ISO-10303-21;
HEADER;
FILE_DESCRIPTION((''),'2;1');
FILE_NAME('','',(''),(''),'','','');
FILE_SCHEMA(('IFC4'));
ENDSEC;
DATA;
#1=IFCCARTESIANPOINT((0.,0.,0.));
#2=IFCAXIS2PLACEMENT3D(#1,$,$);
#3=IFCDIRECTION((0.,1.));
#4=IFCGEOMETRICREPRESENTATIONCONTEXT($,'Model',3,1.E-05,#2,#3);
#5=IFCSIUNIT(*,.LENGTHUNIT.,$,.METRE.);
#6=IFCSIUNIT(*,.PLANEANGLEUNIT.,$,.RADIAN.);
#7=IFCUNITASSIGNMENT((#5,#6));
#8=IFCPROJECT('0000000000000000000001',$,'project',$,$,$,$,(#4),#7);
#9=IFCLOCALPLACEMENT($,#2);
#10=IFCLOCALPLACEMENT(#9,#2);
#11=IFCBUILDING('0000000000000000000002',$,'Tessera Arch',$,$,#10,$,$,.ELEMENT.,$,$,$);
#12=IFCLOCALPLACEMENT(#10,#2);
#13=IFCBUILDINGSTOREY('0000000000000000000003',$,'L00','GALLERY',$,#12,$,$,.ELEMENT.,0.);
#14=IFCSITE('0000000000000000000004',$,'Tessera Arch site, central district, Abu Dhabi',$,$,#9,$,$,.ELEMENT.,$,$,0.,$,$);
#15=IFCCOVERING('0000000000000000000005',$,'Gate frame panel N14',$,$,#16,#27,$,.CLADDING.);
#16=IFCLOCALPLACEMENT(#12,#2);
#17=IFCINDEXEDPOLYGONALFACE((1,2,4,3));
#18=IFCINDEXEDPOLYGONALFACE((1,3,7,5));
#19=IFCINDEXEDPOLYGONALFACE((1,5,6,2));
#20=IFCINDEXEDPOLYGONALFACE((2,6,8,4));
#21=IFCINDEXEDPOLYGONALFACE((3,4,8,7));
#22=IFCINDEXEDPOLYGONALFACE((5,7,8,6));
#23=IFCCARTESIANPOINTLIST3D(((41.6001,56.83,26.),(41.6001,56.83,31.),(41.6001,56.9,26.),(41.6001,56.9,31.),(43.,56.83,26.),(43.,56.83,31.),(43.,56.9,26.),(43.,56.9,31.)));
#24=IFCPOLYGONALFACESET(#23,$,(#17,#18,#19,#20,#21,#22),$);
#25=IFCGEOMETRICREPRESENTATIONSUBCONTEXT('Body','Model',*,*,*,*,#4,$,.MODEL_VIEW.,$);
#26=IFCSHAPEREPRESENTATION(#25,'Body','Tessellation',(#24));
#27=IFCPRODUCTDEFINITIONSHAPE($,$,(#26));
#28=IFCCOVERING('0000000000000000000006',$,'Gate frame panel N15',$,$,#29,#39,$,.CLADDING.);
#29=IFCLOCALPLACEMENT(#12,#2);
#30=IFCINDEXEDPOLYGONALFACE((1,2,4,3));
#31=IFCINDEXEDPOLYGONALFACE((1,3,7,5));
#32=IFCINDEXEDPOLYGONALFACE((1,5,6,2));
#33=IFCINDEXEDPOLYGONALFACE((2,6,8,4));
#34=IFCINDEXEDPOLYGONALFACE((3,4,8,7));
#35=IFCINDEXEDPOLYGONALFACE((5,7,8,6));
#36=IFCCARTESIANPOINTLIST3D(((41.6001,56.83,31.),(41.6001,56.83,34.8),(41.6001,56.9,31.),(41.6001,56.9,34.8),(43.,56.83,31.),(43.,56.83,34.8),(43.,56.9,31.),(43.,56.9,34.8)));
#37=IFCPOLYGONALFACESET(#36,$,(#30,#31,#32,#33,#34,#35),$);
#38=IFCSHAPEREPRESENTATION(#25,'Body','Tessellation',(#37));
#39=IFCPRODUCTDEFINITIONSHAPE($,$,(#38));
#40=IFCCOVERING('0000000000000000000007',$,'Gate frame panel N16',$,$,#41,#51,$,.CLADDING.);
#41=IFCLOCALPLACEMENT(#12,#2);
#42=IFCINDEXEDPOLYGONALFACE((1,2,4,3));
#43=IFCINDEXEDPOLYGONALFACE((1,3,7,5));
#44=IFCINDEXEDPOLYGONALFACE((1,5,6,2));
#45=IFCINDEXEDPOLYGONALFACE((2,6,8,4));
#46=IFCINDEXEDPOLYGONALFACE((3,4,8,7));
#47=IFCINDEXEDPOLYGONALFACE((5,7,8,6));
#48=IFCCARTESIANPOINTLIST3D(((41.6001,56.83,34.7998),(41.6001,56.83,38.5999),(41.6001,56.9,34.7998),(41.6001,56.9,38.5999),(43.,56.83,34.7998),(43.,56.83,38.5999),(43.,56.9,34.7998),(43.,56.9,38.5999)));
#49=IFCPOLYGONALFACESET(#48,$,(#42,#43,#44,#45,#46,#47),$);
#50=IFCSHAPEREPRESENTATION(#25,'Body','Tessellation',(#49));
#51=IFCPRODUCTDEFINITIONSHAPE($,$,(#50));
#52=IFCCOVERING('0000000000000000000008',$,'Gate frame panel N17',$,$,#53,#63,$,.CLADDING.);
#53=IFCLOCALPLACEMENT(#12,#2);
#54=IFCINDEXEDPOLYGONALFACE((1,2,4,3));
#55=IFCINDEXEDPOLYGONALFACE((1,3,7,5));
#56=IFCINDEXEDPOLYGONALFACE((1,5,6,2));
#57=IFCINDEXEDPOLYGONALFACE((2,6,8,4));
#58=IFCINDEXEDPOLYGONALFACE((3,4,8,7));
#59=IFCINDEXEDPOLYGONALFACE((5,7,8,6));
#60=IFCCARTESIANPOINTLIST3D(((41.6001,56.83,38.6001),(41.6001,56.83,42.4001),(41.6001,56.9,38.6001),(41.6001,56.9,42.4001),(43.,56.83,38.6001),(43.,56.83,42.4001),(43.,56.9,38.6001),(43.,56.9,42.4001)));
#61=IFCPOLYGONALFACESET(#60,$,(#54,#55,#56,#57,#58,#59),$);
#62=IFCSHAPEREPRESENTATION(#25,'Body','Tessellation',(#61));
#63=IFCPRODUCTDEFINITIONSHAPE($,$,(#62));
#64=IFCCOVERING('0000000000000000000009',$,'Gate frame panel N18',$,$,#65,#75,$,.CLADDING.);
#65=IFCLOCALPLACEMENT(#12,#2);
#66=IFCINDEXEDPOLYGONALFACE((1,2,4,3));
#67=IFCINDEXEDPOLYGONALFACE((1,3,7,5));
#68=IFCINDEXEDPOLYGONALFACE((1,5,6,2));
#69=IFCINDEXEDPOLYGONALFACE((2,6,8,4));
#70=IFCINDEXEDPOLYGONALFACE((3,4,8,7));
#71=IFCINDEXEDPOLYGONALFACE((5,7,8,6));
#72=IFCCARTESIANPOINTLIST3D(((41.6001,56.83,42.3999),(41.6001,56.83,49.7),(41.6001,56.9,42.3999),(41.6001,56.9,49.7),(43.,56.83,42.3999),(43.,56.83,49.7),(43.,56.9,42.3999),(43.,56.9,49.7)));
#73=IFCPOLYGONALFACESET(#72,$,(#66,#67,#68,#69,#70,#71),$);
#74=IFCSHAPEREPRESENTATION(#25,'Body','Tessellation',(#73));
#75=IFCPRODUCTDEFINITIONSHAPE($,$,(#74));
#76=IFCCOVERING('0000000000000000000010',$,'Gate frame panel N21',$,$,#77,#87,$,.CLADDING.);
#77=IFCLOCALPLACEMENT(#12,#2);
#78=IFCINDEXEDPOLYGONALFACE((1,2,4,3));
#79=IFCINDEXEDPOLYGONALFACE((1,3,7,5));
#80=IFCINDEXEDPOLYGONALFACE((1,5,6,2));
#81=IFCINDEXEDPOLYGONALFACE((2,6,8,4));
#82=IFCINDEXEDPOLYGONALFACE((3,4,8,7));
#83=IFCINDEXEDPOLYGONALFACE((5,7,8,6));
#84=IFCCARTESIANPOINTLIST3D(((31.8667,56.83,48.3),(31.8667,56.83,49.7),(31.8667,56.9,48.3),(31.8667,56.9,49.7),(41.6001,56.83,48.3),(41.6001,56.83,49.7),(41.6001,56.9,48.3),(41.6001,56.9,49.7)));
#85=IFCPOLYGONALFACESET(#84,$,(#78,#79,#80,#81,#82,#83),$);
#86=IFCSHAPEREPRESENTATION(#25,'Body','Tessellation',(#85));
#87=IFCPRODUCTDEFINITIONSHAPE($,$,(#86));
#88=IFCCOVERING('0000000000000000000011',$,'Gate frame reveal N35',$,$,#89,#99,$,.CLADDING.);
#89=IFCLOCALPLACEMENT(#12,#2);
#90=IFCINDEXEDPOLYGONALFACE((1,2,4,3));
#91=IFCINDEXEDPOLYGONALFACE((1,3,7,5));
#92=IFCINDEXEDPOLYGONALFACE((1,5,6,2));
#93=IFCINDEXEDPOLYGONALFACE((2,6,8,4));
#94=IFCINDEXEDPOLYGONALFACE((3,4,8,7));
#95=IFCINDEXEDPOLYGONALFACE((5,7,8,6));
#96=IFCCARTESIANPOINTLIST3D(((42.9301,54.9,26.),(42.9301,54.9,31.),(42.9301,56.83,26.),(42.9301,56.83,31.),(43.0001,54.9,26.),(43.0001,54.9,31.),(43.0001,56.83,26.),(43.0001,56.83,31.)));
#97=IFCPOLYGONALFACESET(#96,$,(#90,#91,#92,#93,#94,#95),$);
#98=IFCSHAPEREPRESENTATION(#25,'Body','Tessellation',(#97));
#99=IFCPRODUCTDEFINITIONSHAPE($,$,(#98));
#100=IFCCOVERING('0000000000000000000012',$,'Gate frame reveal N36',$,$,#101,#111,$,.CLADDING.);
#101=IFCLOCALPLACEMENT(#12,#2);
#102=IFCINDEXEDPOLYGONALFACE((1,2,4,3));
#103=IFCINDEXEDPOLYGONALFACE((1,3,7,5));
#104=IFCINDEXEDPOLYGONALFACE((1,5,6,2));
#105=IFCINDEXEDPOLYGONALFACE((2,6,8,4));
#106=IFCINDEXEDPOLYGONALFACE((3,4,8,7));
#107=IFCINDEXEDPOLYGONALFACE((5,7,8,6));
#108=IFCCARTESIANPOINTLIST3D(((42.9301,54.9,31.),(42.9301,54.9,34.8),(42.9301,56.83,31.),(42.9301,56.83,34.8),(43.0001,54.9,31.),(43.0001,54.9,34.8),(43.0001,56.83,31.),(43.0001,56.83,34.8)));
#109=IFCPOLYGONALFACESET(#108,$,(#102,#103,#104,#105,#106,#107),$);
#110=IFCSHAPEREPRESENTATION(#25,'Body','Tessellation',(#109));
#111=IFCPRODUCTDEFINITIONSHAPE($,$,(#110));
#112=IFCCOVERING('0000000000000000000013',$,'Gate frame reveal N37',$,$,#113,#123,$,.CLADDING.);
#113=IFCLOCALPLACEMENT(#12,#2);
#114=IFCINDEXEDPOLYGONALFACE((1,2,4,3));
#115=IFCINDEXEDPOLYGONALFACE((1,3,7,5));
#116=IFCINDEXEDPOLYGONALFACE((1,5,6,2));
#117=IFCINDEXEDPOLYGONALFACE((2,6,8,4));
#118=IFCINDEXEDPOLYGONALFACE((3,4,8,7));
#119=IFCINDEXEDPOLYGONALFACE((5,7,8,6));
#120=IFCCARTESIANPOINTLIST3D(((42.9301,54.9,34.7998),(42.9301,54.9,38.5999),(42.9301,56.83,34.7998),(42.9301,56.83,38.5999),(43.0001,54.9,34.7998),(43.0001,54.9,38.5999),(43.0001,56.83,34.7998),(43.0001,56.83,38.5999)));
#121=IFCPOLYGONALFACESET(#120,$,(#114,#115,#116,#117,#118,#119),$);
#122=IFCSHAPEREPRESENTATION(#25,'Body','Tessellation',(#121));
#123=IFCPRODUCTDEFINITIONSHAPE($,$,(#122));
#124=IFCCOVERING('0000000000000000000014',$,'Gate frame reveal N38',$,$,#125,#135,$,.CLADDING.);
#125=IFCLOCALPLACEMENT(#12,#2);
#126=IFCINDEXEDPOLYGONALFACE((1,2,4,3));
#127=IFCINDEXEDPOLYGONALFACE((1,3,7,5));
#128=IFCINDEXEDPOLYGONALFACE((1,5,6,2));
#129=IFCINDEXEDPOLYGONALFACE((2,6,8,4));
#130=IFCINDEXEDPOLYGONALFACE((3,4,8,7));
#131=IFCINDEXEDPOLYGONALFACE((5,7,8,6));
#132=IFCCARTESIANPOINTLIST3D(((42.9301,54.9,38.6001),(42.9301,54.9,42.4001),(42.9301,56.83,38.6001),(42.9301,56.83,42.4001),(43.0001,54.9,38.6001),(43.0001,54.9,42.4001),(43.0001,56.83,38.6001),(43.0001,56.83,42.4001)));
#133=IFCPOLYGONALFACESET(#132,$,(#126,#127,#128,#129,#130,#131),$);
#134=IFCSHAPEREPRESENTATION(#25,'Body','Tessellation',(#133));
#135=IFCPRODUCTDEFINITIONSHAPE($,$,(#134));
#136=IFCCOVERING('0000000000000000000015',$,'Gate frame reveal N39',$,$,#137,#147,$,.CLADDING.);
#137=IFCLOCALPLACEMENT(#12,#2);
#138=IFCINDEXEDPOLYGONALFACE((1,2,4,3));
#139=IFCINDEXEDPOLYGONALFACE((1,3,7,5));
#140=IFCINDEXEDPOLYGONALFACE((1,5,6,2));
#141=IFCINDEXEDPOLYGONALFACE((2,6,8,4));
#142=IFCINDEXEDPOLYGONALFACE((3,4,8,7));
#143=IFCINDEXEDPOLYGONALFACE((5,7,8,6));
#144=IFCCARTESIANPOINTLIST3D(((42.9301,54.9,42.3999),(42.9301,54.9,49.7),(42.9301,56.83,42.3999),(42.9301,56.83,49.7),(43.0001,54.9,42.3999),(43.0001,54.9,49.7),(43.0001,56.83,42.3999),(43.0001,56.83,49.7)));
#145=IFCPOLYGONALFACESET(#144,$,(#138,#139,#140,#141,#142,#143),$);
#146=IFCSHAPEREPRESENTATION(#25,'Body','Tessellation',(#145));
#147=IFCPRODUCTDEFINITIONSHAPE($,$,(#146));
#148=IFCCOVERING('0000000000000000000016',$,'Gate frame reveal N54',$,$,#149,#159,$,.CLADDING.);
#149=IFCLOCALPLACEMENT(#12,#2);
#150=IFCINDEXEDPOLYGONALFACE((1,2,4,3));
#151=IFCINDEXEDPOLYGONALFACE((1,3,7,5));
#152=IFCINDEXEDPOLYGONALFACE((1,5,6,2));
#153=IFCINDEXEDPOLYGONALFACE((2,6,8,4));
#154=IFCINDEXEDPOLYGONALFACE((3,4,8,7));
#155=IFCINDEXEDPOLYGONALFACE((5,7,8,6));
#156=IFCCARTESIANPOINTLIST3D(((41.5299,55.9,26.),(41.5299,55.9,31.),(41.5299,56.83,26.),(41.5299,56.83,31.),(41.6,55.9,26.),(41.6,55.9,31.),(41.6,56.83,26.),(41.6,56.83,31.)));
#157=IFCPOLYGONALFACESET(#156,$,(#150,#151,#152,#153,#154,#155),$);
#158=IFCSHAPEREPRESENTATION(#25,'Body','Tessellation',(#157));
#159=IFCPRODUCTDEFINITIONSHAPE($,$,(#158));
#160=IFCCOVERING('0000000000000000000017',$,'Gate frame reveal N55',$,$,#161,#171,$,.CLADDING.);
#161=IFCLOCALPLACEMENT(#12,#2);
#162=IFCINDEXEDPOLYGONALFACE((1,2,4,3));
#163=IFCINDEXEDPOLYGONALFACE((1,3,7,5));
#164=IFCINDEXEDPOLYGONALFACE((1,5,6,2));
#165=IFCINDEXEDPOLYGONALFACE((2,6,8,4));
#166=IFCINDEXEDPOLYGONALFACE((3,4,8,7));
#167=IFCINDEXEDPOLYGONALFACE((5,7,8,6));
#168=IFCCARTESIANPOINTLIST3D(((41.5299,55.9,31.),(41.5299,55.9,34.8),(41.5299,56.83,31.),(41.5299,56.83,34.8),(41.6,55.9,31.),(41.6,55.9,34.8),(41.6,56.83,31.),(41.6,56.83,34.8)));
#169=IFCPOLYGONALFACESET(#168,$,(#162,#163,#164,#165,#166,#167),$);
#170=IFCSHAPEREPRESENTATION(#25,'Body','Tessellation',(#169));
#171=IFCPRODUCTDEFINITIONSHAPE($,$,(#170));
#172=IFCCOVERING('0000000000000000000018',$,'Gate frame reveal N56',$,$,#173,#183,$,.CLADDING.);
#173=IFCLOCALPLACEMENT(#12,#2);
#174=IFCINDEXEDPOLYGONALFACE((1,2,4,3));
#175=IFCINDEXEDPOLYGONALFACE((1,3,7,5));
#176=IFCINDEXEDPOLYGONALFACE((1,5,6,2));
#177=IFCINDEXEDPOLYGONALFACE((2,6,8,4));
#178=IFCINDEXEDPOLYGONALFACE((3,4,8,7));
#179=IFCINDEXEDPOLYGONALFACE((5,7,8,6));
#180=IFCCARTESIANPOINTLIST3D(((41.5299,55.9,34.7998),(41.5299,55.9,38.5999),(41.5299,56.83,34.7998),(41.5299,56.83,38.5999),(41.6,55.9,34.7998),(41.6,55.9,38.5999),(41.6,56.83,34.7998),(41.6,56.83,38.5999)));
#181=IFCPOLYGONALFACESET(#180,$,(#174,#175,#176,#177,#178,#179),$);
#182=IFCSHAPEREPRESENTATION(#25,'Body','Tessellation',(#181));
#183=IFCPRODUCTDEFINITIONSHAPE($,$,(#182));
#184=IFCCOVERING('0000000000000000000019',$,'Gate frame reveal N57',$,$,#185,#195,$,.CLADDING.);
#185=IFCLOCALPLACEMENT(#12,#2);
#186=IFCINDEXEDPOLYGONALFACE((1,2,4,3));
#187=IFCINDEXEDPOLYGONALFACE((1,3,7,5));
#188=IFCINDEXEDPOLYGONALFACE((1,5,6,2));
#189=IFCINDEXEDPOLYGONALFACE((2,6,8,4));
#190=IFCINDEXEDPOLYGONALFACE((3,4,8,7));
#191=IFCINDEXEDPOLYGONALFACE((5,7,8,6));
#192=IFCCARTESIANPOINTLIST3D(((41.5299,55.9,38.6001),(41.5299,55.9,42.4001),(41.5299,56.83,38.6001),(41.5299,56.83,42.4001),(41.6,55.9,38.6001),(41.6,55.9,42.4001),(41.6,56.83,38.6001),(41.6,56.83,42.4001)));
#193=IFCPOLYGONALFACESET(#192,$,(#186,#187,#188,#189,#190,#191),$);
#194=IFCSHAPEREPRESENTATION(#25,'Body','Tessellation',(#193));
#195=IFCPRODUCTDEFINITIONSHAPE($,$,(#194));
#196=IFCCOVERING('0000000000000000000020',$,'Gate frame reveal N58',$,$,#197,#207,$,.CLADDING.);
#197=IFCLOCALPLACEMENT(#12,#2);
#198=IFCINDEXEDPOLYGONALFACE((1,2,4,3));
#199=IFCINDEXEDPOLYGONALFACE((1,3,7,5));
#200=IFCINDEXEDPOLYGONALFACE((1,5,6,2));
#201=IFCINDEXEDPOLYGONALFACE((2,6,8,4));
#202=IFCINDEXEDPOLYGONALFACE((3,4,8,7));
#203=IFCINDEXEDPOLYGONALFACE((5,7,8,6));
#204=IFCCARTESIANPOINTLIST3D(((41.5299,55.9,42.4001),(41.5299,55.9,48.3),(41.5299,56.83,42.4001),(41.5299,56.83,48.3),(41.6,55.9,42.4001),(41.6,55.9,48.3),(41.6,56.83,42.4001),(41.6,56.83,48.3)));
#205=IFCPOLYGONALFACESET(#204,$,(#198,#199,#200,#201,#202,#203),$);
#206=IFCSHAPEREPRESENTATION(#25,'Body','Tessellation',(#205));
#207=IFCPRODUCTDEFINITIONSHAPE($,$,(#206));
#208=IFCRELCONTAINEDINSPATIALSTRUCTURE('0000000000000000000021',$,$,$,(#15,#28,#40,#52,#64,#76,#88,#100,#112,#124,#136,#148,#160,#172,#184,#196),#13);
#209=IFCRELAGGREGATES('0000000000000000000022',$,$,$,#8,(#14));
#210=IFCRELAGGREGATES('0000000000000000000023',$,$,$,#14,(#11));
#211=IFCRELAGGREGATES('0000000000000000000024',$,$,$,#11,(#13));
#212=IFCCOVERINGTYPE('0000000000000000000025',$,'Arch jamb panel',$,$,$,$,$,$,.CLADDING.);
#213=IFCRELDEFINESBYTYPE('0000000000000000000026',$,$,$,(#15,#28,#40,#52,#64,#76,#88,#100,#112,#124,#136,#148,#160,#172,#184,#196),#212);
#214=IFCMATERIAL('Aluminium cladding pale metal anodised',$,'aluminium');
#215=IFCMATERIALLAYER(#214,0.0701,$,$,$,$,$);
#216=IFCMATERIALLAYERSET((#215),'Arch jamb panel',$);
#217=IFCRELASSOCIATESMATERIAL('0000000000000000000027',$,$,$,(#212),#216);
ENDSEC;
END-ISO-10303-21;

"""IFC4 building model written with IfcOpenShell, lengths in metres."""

from ifc_helpers import new_model, si_unit, direction, frame, origin, origin_2d, place, context, subcontext, project, spatial, rectangle, extrude, material, layer, layer_set, type_object, element, save


model = new_model("IFC4")

# Units and contexts
model_context = context("Model", 3, precision=1e-05, world=origin(), true_north=direction((0.0, 1.0)))
body_context = subcontext(model_context, "Body", "Model", "MODEL_VIEW")
ifc_project = project(units=[si_unit("LENGTHUNIT", "METRE"), si_unit("PLANEANGLEUNIT", "RADIAN")], contexts=[model_context])

# Site, building, storey
site_placement = place(None, origin())
site = spatial("IfcSite", under=ifc_project, at=site_placement, Name="Tessera Arch site, central district, Abu Dhabi", CompositionType="ELEMENT", RefElevation=0.0)
building_placement = place(site_placement, origin())
building = spatial("IfcBuilding", under=site, at=building_placement, Name="Tessera Arch", CompositionType="ELEMENT")
storey_placement = place(building_placement, origin())
storey = spatial("IfcBuildingStorey", under=building, at=storey_placement, Name="L00", Description="GALLERY", CompositionType="ELEMENT", Elevation=0.0)

# Coverings
ifc_material = material(Name="Aluminium cladding pale metal anodised", Category="aluminium")
ifc_layer = layer(ifc_material, 0.0701)
ifc_layer_set = layer_set([ifc_layer], Name="Arch jamb panel")
covering_type = type_object("IfcCoveringType", Name="Arch jamb panel", PredefinedType="CLADDING", material=ifc_layer_set)
covering_1_placement = place(storey_placement, frame((42.3, 56.865, 26.0), z_axis=(0.0, 0.0, 1.0), x_axis=(1.0, 0.0, 0.0)))
element("IfcCovering", 1, at=covering_1_placement, inside=storey, type_object=covering_type, Name="Gate frame panel N14", PredefinedType="CLADDING", context=body_context, shape_type="SweptSolid", body=[
    extrude(rectangle(XDim=1.3999, YDim=0.0701, at=origin_2d()), origin(), (0.0, 0.0, 1.0), 5.0),
])
for number, where, z_axis, x_axis, name in (
    (2, (42.3, 56.865, 31.0), (0.0, 0.0, 1.0), (1.0, 0.0, 0.0), "Gate frame panel N15"),
    (3, (42.3, 56.865, 34.7998), (0.0, 0.0, 1.0), (1.0, 0.0, 0.0), "Gate frame panel N16"),
    (4, (42.3, 56.865, 38.6001), (0.0, 0.0, 1.0), (1.0, 0.0, 0.0), "Gate frame panel N17"),
):
    element("IfcCovering", number, at=place(storey_placement, frame(where, z_axis=z_axis, x_axis=x_axis)), inside=storey, type_object=covering_type, Name=name, PredefinedType="CLADDING", context=body_context, shape_type="SweptSolid", body=[
        extrude(rectangle(XDim=1.3999, YDim=0.0701, at=origin_2d()), origin(), (0.0, 0.0, 1.0), 3.8),
    ])
covering_2_placement = place(storey_placement, frame((42.3, 56.865, 42.3999), z_axis=(0.0, 0.0, 1.0), x_axis=(1.0, 0.0, 0.0)))
element("IfcCovering", 5, at=covering_2_placement, inside=storey, type_object=covering_type, Name="Gate frame panel N18", PredefinedType="CLADDING", context=body_context, shape_type="SweptSolid", body=[
    extrude(rectangle(XDim=1.3999, YDim=0.0701, at=origin_2d()), origin(), (0.0, 0.0, 1.0), 7.3),
])
covering_3_placement = place(storey_placement, frame((36.7334, 56.865, 48.3), z_axis=(0.0, 0.0, 1.0), x_axis=(1.0, 0.0, 0.0)))
element("IfcCovering", 6, at=covering_3_placement, inside=storey, type_object=covering_type, Name="Gate frame panel N21", PredefinedType="CLADDING", context=body_context, shape_type="SweptSolid", body=[
    extrude(rectangle(XDim=9.7334, YDim=0.0701, at=origin_2d()), origin(), (0.0, 0.0, 1.0), 1.3999),
])
covering_4_placement = place(storey_placement, frame((42.9651, 55.865, 26.0), z_axis=(0.0, 0.0, 1.0), x_axis=(1.0, 0.0, 0.0)))
element("IfcCovering", 7, at=covering_4_placement, inside=storey, type_object=covering_type, Name="Gate frame reveal N35", PredefinedType="CLADDING", context=body_context, shape_type="SweptSolid", body=[
    extrude(rectangle(XDim=0.0701, YDim=1.9299, at=origin_2d()), origin(), (0.0, 0.0, 1.0), 5.0),
])
for number, where, z_axis, x_axis, name in (
    (8, (42.9651, 55.865, 31.0), (0.0, 0.0, 1.0), (1.0, 0.0, 0.0), "Gate frame reveal N36"),
    (9, (42.9651, 55.865, 34.7998), (0.0, 0.0, 1.0), (1.0, 0.0, 0.0), "Gate frame reveal N37"),
    (10, (42.9651, 55.865, 38.6001), (0.0, 0.0, 1.0), (1.0, 0.0, 0.0), "Gate frame reveal N38"),
):
    element("IfcCovering", number, at=place(storey_placement, frame(where, z_axis=z_axis, x_axis=x_axis)), inside=storey, type_object=covering_type, Name=name, PredefinedType="CLADDING", context=body_context, shape_type="SweptSolid", body=[
        extrude(rectangle(XDim=0.0701, YDim=1.9299, at=origin_2d()), origin(), (0.0, 0.0, 1.0), 3.8),
    ])
covering_5_placement = place(storey_placement, frame((42.9651, 55.865, 42.3999), z_axis=(0.0, 0.0, 1.0), x_axis=(1.0, 0.0, 0.0)))
element("IfcCovering", 11, at=covering_5_placement, inside=storey, type_object=covering_type, Name="Gate frame reveal N39", PredefinedType="CLADDING", context=body_context, shape_type="SweptSolid", body=[
    extrude(rectangle(XDim=0.0701, YDim=1.9299, at=origin_2d()), origin(), (0.0, 0.0, 1.0), 7.3),
])
covering_6_placement = place(storey_placement, frame((41.5649, 56.365, 26.0), z_axis=(0.0, 0.0, 1.0), x_axis=(1.0, 0.0, 0.0)))
element("IfcCovering", 12, at=covering_6_placement, inside=storey, type_object=covering_type, Name="Gate frame reveal N54", PredefinedType="CLADDING", context=body_context, shape_type="SweptSolid", body=[
    extrude(rectangle(XDim=0.0701, YDim=0.9299, at=origin_2d()), origin(), (0.0, 0.0, 1.0), 5.0),
])
for number, where, z_axis, x_axis, name in (
    (13, (41.5649, 56.365, 31.0), (0.0, 0.0, 1.0), (1.0, 0.0, 0.0), "Gate frame reveal N55"),
    (14, (41.5649, 56.365, 34.7998), (0.0, 0.0, 1.0), (1.0, 0.0, 0.0), "Gate frame reveal N56"),
    (15, (41.5649, 56.365, 38.6001), (0.0, 0.0, 1.0), (1.0, 0.0, 0.0), "Gate frame reveal N57"),
):
    element("IfcCovering", number, at=place(storey_placement, frame(where, z_axis=z_axis, x_axis=x_axis)), inside=storey, type_object=covering_type, Name=name, PredefinedType="CLADDING", context=body_context, shape_type="SweptSolid", body=[
        extrude(rectangle(XDim=0.0701, YDim=0.9299, at=origin_2d()), origin(), (0.0, 0.0, 1.0), 3.8),
    ])
covering_7_placement = place(storey_placement, frame((41.5649, 56.365, 42.4001), z_axis=(0.0, 0.0, 1.0), x_axis=(1.0, 0.0, 0.0)))
element("IfcCovering", 16, at=covering_7_placement, inside=storey, type_object=covering_type, Name="Gate frame reveal N58", PredefinedType="CLADDING", context=body_context, shape_type="SweptSolid", body=[
    extrude(rectangle(XDim=0.0701, YDim=0.9299, at=origin_2d()), origin(), (0.0, 0.0, 1.0), 5.8999),
])

save(model, "model.ifc")
